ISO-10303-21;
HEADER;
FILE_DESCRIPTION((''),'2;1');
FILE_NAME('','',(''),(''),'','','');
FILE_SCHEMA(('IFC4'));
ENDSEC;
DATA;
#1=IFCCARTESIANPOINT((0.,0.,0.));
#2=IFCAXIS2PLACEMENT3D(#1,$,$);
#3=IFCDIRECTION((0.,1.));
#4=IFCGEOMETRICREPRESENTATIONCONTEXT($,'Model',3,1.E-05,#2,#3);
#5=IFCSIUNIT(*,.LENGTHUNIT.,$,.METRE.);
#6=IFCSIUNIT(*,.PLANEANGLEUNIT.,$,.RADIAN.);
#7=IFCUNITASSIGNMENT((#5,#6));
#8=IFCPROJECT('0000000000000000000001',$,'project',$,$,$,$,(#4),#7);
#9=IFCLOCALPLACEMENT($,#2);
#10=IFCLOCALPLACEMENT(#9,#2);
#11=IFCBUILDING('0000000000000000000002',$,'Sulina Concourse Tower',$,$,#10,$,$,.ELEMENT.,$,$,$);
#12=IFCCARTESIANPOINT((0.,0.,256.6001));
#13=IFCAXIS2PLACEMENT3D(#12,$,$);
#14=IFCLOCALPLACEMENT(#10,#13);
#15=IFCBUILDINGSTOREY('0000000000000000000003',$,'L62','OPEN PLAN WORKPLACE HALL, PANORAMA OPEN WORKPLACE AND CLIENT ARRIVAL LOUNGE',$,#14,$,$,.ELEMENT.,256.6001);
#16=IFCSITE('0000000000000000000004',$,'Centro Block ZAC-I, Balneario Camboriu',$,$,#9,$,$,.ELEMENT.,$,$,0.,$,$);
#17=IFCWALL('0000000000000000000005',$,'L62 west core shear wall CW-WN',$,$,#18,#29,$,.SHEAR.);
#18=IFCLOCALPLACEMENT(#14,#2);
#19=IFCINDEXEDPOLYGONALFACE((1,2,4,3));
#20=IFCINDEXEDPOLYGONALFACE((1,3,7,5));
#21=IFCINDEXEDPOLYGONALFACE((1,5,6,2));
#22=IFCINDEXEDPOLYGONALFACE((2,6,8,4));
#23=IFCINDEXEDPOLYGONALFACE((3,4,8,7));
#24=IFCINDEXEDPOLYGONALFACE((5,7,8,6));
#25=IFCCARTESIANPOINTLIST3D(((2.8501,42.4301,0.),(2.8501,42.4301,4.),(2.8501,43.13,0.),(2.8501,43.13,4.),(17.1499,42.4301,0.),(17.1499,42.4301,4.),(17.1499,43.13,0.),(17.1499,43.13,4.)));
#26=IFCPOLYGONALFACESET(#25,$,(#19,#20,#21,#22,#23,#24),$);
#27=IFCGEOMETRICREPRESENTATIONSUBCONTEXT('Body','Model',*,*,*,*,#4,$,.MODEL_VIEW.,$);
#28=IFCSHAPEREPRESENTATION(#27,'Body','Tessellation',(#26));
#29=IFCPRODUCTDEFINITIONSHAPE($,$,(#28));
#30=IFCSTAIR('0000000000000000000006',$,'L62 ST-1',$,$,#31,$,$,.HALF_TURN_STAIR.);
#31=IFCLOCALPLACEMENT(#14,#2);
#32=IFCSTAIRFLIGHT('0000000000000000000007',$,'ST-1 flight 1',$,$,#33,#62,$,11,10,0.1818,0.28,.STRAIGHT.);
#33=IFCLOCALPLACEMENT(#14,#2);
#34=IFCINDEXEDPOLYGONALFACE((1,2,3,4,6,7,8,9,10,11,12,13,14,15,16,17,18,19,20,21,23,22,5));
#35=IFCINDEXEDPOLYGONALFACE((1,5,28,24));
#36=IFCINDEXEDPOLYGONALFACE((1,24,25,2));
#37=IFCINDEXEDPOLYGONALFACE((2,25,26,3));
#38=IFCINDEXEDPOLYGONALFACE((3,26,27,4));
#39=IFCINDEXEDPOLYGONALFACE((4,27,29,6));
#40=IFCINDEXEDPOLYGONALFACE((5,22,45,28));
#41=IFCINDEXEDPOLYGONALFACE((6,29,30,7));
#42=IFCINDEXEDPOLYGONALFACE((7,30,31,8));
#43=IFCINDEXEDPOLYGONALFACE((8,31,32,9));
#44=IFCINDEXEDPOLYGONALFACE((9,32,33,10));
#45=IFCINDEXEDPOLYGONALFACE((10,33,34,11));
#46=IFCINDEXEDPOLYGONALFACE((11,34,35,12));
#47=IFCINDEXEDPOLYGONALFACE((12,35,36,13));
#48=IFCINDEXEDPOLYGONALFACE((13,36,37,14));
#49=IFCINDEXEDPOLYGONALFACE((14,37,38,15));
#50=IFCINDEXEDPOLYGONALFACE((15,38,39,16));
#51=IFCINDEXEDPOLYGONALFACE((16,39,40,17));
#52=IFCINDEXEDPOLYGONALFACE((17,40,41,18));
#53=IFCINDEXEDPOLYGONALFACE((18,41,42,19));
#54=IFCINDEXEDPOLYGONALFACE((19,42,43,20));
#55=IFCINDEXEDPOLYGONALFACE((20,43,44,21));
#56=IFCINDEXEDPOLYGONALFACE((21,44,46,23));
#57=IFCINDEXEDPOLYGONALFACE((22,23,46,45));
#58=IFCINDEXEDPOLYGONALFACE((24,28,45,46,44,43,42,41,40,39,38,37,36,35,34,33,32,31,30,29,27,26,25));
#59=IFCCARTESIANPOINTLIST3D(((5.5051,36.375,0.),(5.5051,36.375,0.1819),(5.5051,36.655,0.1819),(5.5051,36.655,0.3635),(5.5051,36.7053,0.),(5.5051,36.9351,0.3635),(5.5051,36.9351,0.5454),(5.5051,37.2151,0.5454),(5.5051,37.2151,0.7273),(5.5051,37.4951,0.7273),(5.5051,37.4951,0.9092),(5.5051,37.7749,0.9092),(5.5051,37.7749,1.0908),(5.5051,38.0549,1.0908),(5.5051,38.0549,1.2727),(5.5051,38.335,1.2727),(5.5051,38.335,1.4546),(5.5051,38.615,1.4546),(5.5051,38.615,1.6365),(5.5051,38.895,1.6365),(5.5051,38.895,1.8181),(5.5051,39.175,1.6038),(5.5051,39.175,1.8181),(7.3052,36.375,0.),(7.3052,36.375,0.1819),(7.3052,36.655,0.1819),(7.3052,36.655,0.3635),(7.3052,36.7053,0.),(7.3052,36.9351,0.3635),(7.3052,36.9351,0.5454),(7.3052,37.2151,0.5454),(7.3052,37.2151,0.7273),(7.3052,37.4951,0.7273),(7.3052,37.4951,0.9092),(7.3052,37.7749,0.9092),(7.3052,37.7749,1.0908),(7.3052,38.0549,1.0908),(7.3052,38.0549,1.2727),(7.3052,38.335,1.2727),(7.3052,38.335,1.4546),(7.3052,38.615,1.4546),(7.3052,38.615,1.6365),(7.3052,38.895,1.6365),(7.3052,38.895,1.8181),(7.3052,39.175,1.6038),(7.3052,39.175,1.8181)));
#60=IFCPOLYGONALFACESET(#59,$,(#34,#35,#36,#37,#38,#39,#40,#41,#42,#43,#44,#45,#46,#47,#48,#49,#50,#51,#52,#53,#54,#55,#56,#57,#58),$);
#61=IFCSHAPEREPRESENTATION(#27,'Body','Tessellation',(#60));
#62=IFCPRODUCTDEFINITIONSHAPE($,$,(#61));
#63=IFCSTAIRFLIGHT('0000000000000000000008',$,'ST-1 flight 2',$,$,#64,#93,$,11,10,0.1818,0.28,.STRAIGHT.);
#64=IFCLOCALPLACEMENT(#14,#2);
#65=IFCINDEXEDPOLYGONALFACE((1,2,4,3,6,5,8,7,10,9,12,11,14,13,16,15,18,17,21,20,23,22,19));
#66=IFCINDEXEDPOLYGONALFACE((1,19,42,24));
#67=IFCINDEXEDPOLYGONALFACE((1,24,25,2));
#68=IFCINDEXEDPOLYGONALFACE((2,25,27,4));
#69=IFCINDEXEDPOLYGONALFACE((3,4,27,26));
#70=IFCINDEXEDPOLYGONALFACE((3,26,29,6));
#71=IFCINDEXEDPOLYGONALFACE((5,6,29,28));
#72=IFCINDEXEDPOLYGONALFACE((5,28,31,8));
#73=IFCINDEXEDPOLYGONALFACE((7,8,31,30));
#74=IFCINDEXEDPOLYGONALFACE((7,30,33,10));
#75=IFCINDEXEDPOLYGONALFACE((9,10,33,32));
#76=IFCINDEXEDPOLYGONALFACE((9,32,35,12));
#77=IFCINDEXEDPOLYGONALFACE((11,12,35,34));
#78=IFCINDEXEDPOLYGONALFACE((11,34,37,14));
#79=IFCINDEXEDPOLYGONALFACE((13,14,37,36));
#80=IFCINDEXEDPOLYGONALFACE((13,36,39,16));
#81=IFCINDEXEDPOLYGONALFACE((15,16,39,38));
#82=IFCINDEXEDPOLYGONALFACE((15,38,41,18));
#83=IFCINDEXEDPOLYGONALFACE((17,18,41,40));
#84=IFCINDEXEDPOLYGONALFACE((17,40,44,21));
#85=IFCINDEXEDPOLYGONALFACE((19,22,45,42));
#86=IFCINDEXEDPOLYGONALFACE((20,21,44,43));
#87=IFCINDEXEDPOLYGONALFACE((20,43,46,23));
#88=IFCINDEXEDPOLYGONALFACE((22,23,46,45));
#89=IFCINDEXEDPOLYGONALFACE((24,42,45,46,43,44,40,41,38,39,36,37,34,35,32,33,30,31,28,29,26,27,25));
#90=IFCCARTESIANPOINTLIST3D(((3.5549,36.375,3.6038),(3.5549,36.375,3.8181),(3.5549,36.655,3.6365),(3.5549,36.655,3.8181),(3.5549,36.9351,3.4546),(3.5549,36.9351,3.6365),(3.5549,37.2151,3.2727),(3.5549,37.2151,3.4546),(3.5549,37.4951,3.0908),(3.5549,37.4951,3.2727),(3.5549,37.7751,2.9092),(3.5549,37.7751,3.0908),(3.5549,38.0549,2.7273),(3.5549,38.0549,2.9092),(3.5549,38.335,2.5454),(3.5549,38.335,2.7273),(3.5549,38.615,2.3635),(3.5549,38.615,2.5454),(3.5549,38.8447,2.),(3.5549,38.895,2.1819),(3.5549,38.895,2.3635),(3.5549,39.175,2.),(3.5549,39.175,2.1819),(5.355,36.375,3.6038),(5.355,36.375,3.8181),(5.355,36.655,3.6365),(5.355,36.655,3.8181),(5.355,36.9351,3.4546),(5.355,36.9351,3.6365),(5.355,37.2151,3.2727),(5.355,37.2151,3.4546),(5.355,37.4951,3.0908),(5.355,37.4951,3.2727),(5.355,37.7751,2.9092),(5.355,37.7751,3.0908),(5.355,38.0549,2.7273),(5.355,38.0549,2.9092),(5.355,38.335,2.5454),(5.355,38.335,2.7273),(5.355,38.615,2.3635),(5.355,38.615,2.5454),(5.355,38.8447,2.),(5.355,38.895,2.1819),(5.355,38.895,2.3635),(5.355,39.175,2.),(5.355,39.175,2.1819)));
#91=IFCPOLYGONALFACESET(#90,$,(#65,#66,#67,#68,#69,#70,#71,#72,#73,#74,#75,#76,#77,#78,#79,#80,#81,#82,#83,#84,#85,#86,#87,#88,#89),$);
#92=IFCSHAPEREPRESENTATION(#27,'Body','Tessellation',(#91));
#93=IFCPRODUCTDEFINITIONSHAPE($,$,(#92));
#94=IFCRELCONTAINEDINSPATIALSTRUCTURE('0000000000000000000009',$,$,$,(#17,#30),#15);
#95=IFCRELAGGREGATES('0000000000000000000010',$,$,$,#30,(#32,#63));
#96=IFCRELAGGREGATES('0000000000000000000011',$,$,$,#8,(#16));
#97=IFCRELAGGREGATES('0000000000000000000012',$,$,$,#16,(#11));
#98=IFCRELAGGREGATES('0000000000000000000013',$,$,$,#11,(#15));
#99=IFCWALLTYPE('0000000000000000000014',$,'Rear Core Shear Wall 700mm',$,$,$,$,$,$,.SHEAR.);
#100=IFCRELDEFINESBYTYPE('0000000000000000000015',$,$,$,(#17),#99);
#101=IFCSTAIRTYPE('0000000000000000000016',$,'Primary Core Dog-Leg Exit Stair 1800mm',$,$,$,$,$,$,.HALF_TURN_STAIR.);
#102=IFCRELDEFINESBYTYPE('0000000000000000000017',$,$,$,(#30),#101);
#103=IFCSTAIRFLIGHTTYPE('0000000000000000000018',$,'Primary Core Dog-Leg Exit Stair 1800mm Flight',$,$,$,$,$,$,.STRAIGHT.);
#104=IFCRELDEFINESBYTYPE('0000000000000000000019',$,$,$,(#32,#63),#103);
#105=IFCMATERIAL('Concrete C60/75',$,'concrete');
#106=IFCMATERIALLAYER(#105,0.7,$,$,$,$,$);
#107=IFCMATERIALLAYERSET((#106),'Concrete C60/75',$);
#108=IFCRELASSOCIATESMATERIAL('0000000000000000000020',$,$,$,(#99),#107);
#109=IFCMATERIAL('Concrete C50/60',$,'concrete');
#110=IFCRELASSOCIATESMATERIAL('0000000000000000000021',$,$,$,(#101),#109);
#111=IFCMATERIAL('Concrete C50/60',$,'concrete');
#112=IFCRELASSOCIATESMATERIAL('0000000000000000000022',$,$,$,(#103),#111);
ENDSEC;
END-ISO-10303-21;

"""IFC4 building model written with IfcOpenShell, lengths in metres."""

from ifc_helpers import new_model, si_unit, direction, frame, frame_2d, origin, place, context, subcontext, project, spatial, polyline, rectangle, outline, extrude, material, layer, layer_set, type_object, element, aggregate, save


model = new_model("IFC4")

# Units and contexts
model_context = context("Model", 3, precision=1e-05, world=origin(), true_north=direction((0.0, 1.0)))
body_context = subcontext(model_context, "Body", "Model", "MODEL_VIEW")
ifc_project = project(units=[si_unit("LENGTHUNIT", "METRE"), si_unit("PLANEANGLEUNIT", "RADIAN")], contexts=[model_context])

# Site, building, storey
site_placement = place(None, origin())
site = spatial("IfcSite", under=ifc_project, at=site_placement, Name="Centro Block ZAC-I, Balneario Camboriu", CompositionType="ELEMENT", RefElevation=0.0)
building_placement = place(site_placement, origin())
building = spatial("IfcBuilding", under=site, at=building_placement, Name="Sulina Concourse Tower", CompositionType="ELEMENT")
storey_placement = place(building_placement, frame((0.0, 0.0, 256.6001)))
storey = spatial("IfcBuildingStorey", under=building, at=storey_placement, Name="L62", Description="OPEN PLAN WORKPLACE HALL, PANORAMA OPEN WORKPLACE AND CLIENT ARRIVAL LOUNGE", CompositionType="ELEMENT", Elevation=256.6001)

# Wall
ifc_material_1 = material(Name="Concrete C60/75", Category="concrete")
ifc_layer_1 = layer(ifc_material_1, 0.7)
ifc_layer_set_1 = layer_set([ifc_layer_1], Name="Concrete C60/75")
wall_type_1 = type_object("IfcWallType", Name="Rear Core Shear Wall 700mm", PredefinedType="SHEAR", material=ifc_layer_set_1)
wall_1_placement = place(storey_placement, frame((2.8501, 42.78, 0.0), z_axis=(0.0, 0.0, 1.0), x_axis=(1.0, 0.0, 0.0)))
element("IfcWall", 1, at=wall_1_placement, inside=storey, type_object=wall_type_1, Name="L62 west core shear wall CW-WN", PredefinedType="SHEAR", context=body_context, shape_type="SweptSolid", body=[
    extrude(rectangle(XDim=14.2998, YDim=0.7, at=frame_2d((7.1499, 0.0))), origin(), (0.0, 0.0, 1.0), 4.0),
])

# Stair, stair flights
ifc_material_2 = material(Name="Concrete C50/60", Category="concrete")
stair_type = type_object("IfcStairType", Name="Primary Core Dog-Leg Exit Stair 1800mm", PredefinedType="HALF_TURN_STAIR", material=ifc_material_2)
stair_placement = place(storey_placement, origin())
stair = element("IfcStair", 2, at=stair_placement, inside=storey, type_object=stair_type, Name="L62 ST-1", PredefinedType="HALF_TURN_STAIR")
ifc_material_3 = material(Name="Concrete C50/60", Category="concrete")
stair_flight_type = type_object("IfcStairFlightType", Name="Primary Core Dog-Leg Exit Stair 1800mm Flight", PredefinedType="STRAIGHT", material=ifc_material_3)
stair_flight_1_placement = place(storey_placement, frame((6.405, 36.375, 0.0), z_axis=(0.0, 0.0, 1.0), x_axis=(0.0, 1.0, 0.0)))
stair_flight_1 = element("IfcStairFlight", 3, at=stair_flight_1_placement, type_object=stair_flight_type, Name="ST-1 flight 1", NumberOfRisers=11, NumberOfTreads=10, PredefinedType="STRAIGHT", RiserHeight=0.1818, TreadLength=0.28, context=body_context, shape_type="SweptSolid", body=[
    extrude(outline(polyline([(0.0, 0.0), (0.0, 0.1819), (0.28, 0.1819), (0.28, 0.3635), (0.5601, 0.3635), (0.5601, 0.5454), (0.8401, 0.5454), (0.8401, 0.7273), (1.1201, 0.7273), (1.1201, 0.9092), (1.3999, 0.9092), (1.3999, 1.0908), (1.6799, 1.0908), (1.6799, 1.2727), (1.96, 1.2727), (1.96, 1.4546), (2.24, 1.4546), (2.24, 1.6365), (2.52, 1.6365), (2.52, 1.8181), (2.8, 1.8181), (2.8, 2.0), (2.8, 1.6038), (0.3303, 0.0), (0.0, 0.0)])), frame((0.0, 0.8999, 0.0), z_axis=(0.0, -1.0, 0.0), x_axis=(1.0, 0.0, 0.0)), (0.0, 0.0, 1.0), 1.8),
])
stair_flight_2_placement = place(storey_placement, frame((4.4551, 39.175, 2.0), z_axis=(0.0, 0.0, 1.0), x_axis=(0.0, -1.0, 0.0)))
stair_flight_2 = element("IfcStairFlight", 4, at=stair_flight_2_placement, type_object=stair_flight_type, Name="ST-1 flight 2", NumberOfRisers=11, NumberOfTreads=10, PredefinedType="STRAIGHT", RiserHeight=0.1818, TreadLength=0.28, context=body_context, shape_type="SweptSolid", body=[
    extrude(outline(polyline([(0.0, 0.0), (0.0, 0.1819), (0.28, 0.1819), (0.28, 0.3635), (0.5601, 0.3635), (0.5601, 0.5454), (0.8401, 0.5454), (0.8401, 0.7273), (1.1201, 0.7273), (1.1201, 0.9092), (1.3999, 0.9092), (1.3999, 1.0908), (1.6799, 1.0908), (1.6799, 1.2727), (1.96, 1.2727), (1.96, 1.4546), (2.24, 1.4546), (2.24, 1.6365), (2.52, 1.6365), (2.52, 1.8181), (2.8, 1.8181), (2.8, 2.0), (2.8, 1.6038), (0.3303, 0.0), (0.0, 0.0)])), frame((0.0, 0.8999, 0.0), z_axis=(0.0, -1.0, 0.0), x_axis=(1.0, 0.0, 0.0)), (0.0, 0.0, 1.0), 1.8),
])
aggregate(stair, [stair_flight_1, stair_flight_2])

save(model, "model.ifc")
